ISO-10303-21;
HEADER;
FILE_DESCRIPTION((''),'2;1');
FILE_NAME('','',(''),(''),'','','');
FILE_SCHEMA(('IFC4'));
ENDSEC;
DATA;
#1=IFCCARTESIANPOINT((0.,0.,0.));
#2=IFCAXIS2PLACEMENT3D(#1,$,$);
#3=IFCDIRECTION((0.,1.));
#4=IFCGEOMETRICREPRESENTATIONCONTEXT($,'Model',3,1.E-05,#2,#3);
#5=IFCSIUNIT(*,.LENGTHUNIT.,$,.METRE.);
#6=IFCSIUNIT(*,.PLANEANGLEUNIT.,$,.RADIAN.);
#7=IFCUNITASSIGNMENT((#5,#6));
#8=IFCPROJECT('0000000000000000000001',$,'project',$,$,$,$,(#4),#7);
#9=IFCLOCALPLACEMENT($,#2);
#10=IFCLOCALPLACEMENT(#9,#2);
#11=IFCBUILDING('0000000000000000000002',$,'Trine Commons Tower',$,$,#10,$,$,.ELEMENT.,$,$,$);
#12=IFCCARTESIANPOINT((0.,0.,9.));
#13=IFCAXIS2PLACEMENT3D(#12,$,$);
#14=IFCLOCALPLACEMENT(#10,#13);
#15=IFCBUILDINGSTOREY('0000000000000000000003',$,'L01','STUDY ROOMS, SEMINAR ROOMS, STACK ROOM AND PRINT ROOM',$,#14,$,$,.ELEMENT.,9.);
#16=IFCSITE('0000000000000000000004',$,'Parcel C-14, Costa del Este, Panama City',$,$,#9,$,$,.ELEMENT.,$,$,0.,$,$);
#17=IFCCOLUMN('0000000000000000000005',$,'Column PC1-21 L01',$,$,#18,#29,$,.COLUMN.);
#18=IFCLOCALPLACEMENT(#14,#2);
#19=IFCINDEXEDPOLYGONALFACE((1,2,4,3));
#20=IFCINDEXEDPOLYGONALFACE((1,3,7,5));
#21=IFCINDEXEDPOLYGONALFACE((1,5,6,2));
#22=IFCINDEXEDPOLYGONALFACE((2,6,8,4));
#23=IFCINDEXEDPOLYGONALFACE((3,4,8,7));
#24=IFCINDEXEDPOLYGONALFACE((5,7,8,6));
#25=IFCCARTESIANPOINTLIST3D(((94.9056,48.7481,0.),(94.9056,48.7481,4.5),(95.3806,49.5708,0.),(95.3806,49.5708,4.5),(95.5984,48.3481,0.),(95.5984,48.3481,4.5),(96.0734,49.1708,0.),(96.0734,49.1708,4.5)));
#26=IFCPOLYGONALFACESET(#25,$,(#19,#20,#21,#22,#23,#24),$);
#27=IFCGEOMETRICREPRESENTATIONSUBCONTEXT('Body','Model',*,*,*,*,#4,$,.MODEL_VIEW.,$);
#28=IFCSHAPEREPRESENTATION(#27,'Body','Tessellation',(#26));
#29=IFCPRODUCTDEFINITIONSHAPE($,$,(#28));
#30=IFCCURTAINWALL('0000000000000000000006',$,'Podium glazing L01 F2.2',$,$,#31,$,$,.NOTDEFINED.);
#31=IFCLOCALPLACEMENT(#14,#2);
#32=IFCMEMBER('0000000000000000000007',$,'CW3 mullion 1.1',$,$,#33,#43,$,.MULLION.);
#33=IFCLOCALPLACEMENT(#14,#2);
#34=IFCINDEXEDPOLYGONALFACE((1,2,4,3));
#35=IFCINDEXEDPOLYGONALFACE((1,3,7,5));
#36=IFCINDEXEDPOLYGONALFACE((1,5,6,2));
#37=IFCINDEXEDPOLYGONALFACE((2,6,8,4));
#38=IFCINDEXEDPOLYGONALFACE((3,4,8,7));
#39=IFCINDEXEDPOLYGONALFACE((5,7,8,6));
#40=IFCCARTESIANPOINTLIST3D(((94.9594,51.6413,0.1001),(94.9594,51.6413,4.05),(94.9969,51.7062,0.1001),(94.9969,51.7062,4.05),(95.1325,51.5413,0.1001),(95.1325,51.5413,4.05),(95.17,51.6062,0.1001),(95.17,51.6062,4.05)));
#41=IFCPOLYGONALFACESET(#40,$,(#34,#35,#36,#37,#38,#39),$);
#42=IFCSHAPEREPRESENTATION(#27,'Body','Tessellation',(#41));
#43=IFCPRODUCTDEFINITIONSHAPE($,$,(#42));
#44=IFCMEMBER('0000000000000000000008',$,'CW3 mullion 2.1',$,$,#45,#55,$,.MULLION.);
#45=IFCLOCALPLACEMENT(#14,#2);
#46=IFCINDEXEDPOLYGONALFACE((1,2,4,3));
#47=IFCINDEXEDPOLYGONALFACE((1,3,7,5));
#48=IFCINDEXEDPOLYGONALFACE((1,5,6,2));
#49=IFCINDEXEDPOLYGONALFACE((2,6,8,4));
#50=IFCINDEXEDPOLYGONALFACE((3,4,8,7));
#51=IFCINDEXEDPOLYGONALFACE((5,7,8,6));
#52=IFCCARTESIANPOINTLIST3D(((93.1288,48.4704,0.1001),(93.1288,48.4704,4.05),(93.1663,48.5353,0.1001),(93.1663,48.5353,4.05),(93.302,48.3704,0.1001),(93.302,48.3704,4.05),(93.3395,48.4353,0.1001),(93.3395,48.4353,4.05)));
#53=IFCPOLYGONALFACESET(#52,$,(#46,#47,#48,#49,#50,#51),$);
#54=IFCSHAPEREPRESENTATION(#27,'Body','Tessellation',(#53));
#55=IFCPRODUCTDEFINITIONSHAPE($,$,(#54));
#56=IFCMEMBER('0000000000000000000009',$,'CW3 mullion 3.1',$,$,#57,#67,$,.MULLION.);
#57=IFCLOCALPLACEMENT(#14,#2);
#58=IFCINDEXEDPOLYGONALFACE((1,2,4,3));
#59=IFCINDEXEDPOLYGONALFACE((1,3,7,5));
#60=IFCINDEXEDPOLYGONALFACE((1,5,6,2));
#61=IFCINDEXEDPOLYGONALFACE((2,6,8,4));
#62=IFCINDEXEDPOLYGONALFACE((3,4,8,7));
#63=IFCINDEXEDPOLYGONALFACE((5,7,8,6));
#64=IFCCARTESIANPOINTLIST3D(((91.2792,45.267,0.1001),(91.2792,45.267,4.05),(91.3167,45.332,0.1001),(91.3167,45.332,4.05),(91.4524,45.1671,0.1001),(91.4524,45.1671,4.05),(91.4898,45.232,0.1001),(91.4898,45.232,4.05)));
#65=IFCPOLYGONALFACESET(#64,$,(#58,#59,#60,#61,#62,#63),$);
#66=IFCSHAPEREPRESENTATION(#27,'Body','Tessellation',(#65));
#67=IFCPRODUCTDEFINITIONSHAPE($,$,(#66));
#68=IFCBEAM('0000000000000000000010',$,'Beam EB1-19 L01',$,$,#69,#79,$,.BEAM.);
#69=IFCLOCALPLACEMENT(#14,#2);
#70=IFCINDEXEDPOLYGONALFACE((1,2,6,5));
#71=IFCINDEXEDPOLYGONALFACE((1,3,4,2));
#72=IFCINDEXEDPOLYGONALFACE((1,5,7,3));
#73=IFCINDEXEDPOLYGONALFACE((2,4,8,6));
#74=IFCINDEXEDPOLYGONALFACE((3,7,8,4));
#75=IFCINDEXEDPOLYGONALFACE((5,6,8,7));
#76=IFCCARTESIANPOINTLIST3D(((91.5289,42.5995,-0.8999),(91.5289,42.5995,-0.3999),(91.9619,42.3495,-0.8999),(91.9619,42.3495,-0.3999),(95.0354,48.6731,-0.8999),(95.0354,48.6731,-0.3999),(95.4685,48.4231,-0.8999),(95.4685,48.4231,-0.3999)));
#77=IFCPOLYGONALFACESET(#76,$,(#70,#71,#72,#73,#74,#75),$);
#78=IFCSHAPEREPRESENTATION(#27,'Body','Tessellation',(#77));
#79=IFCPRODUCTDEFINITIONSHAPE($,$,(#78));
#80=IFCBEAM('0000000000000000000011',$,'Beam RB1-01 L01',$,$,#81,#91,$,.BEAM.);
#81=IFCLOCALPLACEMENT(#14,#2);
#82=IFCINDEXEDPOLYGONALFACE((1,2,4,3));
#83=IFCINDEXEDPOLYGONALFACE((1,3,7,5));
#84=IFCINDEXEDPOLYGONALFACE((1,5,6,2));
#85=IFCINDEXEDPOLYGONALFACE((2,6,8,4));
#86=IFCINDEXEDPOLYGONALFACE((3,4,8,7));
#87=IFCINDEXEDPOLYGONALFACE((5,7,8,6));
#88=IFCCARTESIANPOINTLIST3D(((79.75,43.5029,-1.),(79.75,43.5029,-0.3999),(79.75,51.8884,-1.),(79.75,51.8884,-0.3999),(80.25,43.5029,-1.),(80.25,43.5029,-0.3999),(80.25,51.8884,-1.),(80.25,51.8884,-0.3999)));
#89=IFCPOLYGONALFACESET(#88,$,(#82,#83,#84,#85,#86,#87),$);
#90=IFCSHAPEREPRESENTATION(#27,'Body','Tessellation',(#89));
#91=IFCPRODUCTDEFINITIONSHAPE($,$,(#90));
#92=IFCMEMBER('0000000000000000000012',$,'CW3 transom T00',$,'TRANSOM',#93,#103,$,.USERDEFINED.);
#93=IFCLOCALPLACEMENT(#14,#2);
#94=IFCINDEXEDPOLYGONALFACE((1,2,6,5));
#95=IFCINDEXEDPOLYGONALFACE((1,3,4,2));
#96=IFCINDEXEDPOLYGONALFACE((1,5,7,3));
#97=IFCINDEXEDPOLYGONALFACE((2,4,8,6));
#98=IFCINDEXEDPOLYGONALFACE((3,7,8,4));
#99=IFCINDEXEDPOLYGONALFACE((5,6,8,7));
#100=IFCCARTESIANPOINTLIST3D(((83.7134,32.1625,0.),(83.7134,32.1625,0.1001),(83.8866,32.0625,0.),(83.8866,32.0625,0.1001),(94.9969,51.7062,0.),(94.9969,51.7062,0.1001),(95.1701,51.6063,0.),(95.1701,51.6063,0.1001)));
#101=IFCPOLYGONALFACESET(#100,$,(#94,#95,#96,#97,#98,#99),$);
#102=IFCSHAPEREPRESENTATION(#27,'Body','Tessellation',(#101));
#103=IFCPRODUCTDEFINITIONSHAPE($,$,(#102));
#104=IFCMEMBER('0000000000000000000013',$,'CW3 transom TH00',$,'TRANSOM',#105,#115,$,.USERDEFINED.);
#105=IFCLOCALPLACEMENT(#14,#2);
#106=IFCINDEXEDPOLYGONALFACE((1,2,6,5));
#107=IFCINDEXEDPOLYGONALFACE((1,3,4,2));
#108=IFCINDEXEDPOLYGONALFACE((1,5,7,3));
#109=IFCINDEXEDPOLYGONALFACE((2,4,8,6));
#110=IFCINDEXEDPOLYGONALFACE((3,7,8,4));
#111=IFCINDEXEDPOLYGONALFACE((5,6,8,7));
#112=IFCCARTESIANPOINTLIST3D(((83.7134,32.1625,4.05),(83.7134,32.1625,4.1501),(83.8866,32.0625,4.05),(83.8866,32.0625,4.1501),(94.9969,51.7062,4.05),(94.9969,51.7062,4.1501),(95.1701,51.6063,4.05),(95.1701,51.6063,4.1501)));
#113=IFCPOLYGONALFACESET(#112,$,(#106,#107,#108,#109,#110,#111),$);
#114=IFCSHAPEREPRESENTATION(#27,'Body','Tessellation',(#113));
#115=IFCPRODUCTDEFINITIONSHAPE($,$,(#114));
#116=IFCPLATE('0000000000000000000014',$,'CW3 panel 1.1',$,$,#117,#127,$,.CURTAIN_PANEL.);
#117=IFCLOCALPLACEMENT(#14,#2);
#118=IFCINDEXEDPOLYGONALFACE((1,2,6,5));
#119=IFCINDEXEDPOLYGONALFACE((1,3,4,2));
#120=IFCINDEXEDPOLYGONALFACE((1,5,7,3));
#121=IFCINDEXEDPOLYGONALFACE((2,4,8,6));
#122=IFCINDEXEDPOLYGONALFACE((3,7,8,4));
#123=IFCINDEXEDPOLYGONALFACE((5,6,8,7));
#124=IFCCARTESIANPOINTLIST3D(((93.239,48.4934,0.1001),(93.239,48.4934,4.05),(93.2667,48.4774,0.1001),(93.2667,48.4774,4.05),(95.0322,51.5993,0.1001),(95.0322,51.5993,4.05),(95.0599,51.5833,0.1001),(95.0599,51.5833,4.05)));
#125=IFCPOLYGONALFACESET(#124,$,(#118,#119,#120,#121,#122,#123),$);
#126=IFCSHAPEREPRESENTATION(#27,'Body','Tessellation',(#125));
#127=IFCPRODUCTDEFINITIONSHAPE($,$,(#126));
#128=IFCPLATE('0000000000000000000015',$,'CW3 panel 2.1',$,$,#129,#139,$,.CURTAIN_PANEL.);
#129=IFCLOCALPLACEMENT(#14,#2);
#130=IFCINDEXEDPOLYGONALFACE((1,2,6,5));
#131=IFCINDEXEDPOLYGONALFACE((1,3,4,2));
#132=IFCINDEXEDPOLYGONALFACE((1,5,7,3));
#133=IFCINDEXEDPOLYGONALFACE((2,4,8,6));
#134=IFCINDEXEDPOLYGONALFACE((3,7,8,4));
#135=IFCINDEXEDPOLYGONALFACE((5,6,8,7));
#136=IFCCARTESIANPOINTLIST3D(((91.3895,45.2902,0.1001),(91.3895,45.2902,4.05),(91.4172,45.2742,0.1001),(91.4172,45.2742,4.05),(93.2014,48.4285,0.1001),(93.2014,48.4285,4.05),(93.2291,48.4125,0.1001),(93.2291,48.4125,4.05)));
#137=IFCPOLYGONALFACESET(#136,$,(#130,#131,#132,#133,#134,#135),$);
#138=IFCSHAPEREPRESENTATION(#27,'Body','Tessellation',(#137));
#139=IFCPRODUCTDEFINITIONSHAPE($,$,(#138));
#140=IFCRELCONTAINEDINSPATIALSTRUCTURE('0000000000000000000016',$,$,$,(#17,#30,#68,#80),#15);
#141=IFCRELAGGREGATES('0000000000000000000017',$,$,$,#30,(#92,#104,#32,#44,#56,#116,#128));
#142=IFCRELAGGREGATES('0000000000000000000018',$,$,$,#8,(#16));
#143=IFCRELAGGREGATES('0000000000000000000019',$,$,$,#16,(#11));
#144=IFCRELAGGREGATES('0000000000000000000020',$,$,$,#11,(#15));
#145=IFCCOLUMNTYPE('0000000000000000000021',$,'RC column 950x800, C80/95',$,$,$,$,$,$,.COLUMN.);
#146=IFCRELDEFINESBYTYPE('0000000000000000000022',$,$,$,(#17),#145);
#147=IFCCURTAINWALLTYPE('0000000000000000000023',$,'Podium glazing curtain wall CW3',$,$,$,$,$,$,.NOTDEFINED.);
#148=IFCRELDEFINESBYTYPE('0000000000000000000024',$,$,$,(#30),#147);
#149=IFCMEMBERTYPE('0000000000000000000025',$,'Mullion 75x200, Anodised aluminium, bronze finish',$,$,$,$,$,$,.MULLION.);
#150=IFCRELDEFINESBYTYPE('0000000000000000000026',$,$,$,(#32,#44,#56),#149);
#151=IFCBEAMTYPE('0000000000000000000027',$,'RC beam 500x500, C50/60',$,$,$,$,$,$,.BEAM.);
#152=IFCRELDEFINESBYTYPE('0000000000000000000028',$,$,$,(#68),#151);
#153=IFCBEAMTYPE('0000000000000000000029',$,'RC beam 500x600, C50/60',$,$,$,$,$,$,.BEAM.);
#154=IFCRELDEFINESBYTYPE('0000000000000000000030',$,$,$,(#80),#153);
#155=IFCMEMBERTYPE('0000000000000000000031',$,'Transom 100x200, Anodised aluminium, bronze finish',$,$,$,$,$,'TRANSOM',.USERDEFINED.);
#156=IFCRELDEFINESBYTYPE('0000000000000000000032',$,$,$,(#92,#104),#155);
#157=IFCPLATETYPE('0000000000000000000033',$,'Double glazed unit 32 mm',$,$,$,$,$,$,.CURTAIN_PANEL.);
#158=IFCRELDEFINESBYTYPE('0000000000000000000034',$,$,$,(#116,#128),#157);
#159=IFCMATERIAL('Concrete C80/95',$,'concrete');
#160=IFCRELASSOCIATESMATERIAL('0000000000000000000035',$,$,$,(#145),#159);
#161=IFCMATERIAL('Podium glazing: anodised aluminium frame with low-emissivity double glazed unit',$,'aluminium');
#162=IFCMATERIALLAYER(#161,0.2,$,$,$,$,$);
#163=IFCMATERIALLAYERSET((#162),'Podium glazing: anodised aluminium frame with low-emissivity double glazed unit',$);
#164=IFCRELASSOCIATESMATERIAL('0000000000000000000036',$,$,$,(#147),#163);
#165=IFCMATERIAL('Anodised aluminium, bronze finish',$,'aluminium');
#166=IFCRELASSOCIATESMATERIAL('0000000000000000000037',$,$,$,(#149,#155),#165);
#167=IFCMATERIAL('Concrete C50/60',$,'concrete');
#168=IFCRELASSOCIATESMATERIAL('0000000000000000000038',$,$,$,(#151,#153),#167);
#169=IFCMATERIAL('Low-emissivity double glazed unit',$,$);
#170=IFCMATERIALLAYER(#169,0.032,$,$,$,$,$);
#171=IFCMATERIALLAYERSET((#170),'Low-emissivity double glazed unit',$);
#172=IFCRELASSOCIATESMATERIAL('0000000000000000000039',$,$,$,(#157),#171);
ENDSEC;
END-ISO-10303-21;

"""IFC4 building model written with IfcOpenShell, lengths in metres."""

from ifc_helpers import new_model, si_unit, direction, frame, origin, origin_2d, place, context, subcontext, project, spatial, rectangle, extrude, material, layer, layer_set, material_profile, profile_set, type_object, element, aggregate, save


model = new_model("IFC4")

# Units and contexts
model_context = context("Model", 3, precision=1e-05, world=origin(), true_north=direction((0.0, 1.0)))
body_context = subcontext(model_context, "Body", "Model", "MODEL_VIEW")
ifc_project = project(units=[si_unit("LENGTHUNIT", "METRE"), si_unit("PLANEANGLEUNIT", "RADIAN")], contexts=[model_context])

# Site, building, storey
site_placement = place(None, origin())
site = spatial("IfcSite", under=ifc_project, at=site_placement, Name="Parcel C-14, Costa del Este, Panama City", CompositionType="ELEMENT", RefElevation=0.0)
building_placement = place(site_placement, origin())
building = spatial("IfcBuilding", under=site, at=building_placement, Name="Trine Commons Tower", CompositionType="ELEMENT")
storey_placement = place(building_placement, frame((0.0, 0.0, 9.0)))
storey = spatial("IfcBuildingStorey", under=building, at=storey_placement, Name="L01", Description="STUDY ROOMS, SEMINAR ROOMS, STACK ROOM AND PRINT ROOM", CompositionType="ELEMENT", Elevation=9.0)

# Column
ifc_material_1 = material(Name="Concrete C80/95", Category="concrete")
ifc_material_profile_1 = material_profile(ifc_material_1, rectangle(XDim=0.95, YDim=0.8, at=origin_2d()), Name="RC 950x800")
ifc_profile_set_1 = profile_set([ifc_material_profile_1], Name="Concrete C80/95")
column_type = type_object("IfcColumnType", Name="RC column 950x800, C80/95", PredefinedType="COLUMN", material=ifc_profile_set_1)
column_placement = place(storey_placement, frame((95.4895, 48.9595, 0.0), z_axis=(0.0, 0.0, 1.0), x_axis=(0.5, 0.866025, 0.0)))
element("IfcColumn", 1, at=column_placement, inside=storey, type_object=column_type, Name="Column PC1-21 L01", PredefinedType="COLUMN", context=body_context, shape_type="SweptSolid", body=[
    extrude(rectangle(XDim=0.95, YDim=0.8, at=origin_2d()), origin(), (0.0, 0.0, 1.0), 4.5),
])

# Curtain wall, members
ifc_material_2 = material(Name="Podium glazing: anodised aluminium frame with low-emissivity double glazed unit", Category="aluminium")
ifc_layer_1 = layer(ifc_material_2, 0.2)
ifc_layer_set_1 = layer_set([ifc_layer_1], Name="Podium glazing: anodised aluminium frame with low-emissivity double glazed unit")
curtain_wall_type = type_object("IfcCurtainWallType", Name="Podium glazing curtain wall CW3", PredefinedType="NOTDEFINED", material=ifc_layer_set_1)
curtain_wall_placement = place(storey_placement, origin())
curtain_wall = element("IfcCurtainWall", 2, at=curtain_wall_placement, inside=storey, type_object=curtain_wall_type, Name="Podium glazing L01 F2.2", PredefinedType="NOTDEFINED")
ifc_material_3 = material(Name="Anodised aluminium, bronze finish", Category="aluminium")
ifc_material_profile_2 = material_profile(ifc_material_3, rectangle(XDim=0.2, YDim=0.075, at=origin_2d()), Name="Mullion 75x200")
ifc_profile_set_2 = profile_set([ifc_material_profile_2], Name="Anodised aluminium, bronze finish")
member_type_1 = type_object("IfcMemberType", Name="Mullion 75x200, Anodised aluminium, bronze finish", PredefinedType="MULLION", material=ifc_profile_set_2)
member_1_placement = place(storey_placement, frame((95.0647, 51.6238, 0.1001), z_axis=(0.0, 0.0, 1.0), x_axis=(0.866025, -0.5, 0.0)))
member_1 = element("IfcMember", 3, at=member_1_placement, type_object=member_type_1, Name="CW3 mullion 1.1", PredefinedType="MULLION", context=body_context, shape_type="SweptSolid", body=[
    extrude(rectangle(XDim=0.2, YDim=0.075, at=origin_2d()), origin(), (0.0, 0.0, 1.0), 3.95),
])
member_2_placement = place(storey_placement, frame((93.2341, 48.4529, 0.1001), z_axis=(0.0, 0.0, 1.0), x_axis=(0.866025, -0.5, 0.0)))
member_2 = element("IfcMember", 4, at=member_2_placement, type_object=member_type_1, Name="CW3 mullion 2.1", PredefinedType="MULLION", context=body_context, shape_type="SweptSolid", body=[
    extrude(rectangle(XDim=0.2, YDim=0.075, at=origin_2d()), origin(), (0.0, 0.0, 1.0), 3.95),
])
member_3_placement = place(storey_placement, frame((91.3845, 45.2495, 0.1001), z_axis=(0.0, 0.0, 1.0), x_axis=(0.866025, -0.5, 0.0)))
member_3 = element("IfcMember", 5, at=member_3_placement, type_object=member_type_1, Name="CW3 mullion 3.1", PredefinedType="MULLION", context=body_context, shape_type="SweptSolid", body=[
    extrude(rectangle(XDim=0.2, YDim=0.075, at=origin_2d()), origin(), (0.0, 0.0, 1.0), 3.95),
])

# Beams
ifc_material_4 = material(Name="Concrete C50/60", Category="concrete")
ifc_material_profile_3 = material_profile(ifc_material_4, rectangle(XDim=0.5, YDim=0.5, at=origin_2d()), Name="RC 500x500")
ifc_profile_set_3 = profile_set([ifc_material_profile_3], Name="Concrete C50/60")
beam_type_1 = type_object("IfcBeamType", Name="RC beam 500x500, C50/60", PredefinedType="BEAM", material=ifc_profile_set_3)
beam_1_placement = place(storey_placement, frame((95.252, 48.5481, -0.6499), z_axis=(-0.499992, -0.86603, 0.0), x_axis=(0.86603, -0.499992, 0.0)))
element("IfcBeam", 6, at=beam_1_placement, inside=storey, type_object=beam_type_1, Name="Beam EB1-19 L01", PredefinedType="BEAM", context=body_context, shape_type="SweptSolid", body=[
    extrude(rectangle(XDim=0.5, YDim=0.5, at=origin_2d()), origin(), (0.0, 0.0, 1.0), 7.0132),
])
ifc_material_profile_4 = material_profile(ifc_material_4, rectangle(XDim=0.5, YDim=0.6001, at=origin_2d()), Name="RC 500x600")
ifc_profile_set_4 = profile_set([ifc_material_profile_4], Name="Concrete C50/60")
beam_type_2 = type_object("IfcBeamType", Name="RC beam 500x600, C50/60", PredefinedType="BEAM", material=ifc_profile_set_4)
beam_2_placement = place(storey_placement, frame((80.0, 51.8884, -0.7), z_axis=(0.0, -1.0, 0.0), x_axis=(1.0, 0.0, 0.0)))
element("IfcBeam", 7, at=beam_2_placement, inside=storey, type_object=beam_type_2, Name="Beam RB1-01 L01", PredefinedType="BEAM", context=body_context, shape_type="SweptSolid", body=[
    extrude(rectangle(XDim=0.5, YDim=0.6001, at=origin_2d()), origin(), (0.0, 0.0, 1.0), 8.3855),
])

# Members
ifc_material_profile_5 = material_profile(ifc_material_3, rectangle(XDim=0.2, YDim=0.1001, at=origin_2d()), Name="Transom 100x200")
ifc_profile_set_5 = profile_set([ifc_material_profile_5], Name="Anodised aluminium, bronze finish")
member_type_2 = type_object("IfcMemberType", Name="Transom 100x200, Anodised aluminium, bronze finish", ElementType="TRANSOM", PredefinedType="USERDEFINED", material=ifc_profile_set_5)
member_4_placement = place(storey_placement, frame((95.0835, 51.6562, 0.05), z_axis=(-0.499996, -0.866028, 0.0), x_axis=(0.866028, -0.499996, 0.0)))
member_4 = element("IfcMember", 8, at=member_4_placement, type_object=member_type_2, Name="CW3 transom T00", ObjectType="TRANSOM", PredefinedType="USERDEFINED", context=body_context, shape_type="SweptSolid", body=[
    extrude(rectangle(XDim=0.2, YDim=0.1001, at=origin_2d()), origin(), (0.0, 0.0, 1.0), 22.5671),
])
member_5_placement = place(storey_placement, frame((95.0835, 51.6562, 4.1001), z_axis=(-0.499996, -0.866028, 0.0), x_axis=(0.866028, -0.499996, 0.0)))
member_5 = element("IfcMember", 9, at=member_5_placement, type_object=member_type_2, Name="CW3 transom TH00", ObjectType="TRANSOM", PredefinedType="USERDEFINED", context=body_context, shape_type="SweptSolid", body=[
    extrude(rectangle(XDim=0.2, YDim=0.1001, at=origin_2d()), origin(), (0.0, 0.0, 1.0), 22.5671),
])

# Plates
ifc_material_5 = material(Name="Low-emissivity double glazed unit")
ifc_layer_2 = layer(ifc_material_5, 0.032)
ifc_layer_set_2 = layer_set([ifc_layer_2], Name="Low-emissivity double glazed unit")
plate_type = type_object("IfcPlateType", Name="Double glazed unit 32 mm", PredefinedType="CURTAIN_PANEL", material=ifc_layer_set_2)
plate_1_placement = place(storey_placement, frame((94.1494, 50.0383, 0.1001), z_axis=(0.0, 0.0, 1.0), x_axis=(-0.5, -0.866025, 0.0)))
plate_1 = element("IfcPlate", 10, at=plate_1_placement, type_object=plate_type, Name="CW3 panel 1.1", PredefinedType="CURTAIN_PANEL", context=body_context, shape_type="SweptSolid", body=[
    extrude(rectangle(XDim=3.5864, YDim=0.032, at=origin_2d()), origin(), (0.0, 0.0, 1.0), 3.95),
])
plate_2_placement = place(storey_placement, frame((92.3093, 46.8513, 0.1001), z_axis=(0.0, 0.0, 1.0), x_axis=(-0.5, -0.866025, 0.0)))
plate_2 = element("IfcPlate", 11, at=plate_2_placement, type_object=plate_type, Name="CW3 panel 2.1", PredefinedType="CURTAIN_PANEL", context=body_context, shape_type="SweptSolid", body=[
    extrude(rectangle(XDim=3.6238, YDim=0.032, at=origin_2d()), origin(), (0.0, 0.0, 1.0), 3.95),
])
aggregate(curtain_wall, [member_4, member_5, member_1, member_2, member_3, plate_1, plate_2])

save(model, "model.ifc")
